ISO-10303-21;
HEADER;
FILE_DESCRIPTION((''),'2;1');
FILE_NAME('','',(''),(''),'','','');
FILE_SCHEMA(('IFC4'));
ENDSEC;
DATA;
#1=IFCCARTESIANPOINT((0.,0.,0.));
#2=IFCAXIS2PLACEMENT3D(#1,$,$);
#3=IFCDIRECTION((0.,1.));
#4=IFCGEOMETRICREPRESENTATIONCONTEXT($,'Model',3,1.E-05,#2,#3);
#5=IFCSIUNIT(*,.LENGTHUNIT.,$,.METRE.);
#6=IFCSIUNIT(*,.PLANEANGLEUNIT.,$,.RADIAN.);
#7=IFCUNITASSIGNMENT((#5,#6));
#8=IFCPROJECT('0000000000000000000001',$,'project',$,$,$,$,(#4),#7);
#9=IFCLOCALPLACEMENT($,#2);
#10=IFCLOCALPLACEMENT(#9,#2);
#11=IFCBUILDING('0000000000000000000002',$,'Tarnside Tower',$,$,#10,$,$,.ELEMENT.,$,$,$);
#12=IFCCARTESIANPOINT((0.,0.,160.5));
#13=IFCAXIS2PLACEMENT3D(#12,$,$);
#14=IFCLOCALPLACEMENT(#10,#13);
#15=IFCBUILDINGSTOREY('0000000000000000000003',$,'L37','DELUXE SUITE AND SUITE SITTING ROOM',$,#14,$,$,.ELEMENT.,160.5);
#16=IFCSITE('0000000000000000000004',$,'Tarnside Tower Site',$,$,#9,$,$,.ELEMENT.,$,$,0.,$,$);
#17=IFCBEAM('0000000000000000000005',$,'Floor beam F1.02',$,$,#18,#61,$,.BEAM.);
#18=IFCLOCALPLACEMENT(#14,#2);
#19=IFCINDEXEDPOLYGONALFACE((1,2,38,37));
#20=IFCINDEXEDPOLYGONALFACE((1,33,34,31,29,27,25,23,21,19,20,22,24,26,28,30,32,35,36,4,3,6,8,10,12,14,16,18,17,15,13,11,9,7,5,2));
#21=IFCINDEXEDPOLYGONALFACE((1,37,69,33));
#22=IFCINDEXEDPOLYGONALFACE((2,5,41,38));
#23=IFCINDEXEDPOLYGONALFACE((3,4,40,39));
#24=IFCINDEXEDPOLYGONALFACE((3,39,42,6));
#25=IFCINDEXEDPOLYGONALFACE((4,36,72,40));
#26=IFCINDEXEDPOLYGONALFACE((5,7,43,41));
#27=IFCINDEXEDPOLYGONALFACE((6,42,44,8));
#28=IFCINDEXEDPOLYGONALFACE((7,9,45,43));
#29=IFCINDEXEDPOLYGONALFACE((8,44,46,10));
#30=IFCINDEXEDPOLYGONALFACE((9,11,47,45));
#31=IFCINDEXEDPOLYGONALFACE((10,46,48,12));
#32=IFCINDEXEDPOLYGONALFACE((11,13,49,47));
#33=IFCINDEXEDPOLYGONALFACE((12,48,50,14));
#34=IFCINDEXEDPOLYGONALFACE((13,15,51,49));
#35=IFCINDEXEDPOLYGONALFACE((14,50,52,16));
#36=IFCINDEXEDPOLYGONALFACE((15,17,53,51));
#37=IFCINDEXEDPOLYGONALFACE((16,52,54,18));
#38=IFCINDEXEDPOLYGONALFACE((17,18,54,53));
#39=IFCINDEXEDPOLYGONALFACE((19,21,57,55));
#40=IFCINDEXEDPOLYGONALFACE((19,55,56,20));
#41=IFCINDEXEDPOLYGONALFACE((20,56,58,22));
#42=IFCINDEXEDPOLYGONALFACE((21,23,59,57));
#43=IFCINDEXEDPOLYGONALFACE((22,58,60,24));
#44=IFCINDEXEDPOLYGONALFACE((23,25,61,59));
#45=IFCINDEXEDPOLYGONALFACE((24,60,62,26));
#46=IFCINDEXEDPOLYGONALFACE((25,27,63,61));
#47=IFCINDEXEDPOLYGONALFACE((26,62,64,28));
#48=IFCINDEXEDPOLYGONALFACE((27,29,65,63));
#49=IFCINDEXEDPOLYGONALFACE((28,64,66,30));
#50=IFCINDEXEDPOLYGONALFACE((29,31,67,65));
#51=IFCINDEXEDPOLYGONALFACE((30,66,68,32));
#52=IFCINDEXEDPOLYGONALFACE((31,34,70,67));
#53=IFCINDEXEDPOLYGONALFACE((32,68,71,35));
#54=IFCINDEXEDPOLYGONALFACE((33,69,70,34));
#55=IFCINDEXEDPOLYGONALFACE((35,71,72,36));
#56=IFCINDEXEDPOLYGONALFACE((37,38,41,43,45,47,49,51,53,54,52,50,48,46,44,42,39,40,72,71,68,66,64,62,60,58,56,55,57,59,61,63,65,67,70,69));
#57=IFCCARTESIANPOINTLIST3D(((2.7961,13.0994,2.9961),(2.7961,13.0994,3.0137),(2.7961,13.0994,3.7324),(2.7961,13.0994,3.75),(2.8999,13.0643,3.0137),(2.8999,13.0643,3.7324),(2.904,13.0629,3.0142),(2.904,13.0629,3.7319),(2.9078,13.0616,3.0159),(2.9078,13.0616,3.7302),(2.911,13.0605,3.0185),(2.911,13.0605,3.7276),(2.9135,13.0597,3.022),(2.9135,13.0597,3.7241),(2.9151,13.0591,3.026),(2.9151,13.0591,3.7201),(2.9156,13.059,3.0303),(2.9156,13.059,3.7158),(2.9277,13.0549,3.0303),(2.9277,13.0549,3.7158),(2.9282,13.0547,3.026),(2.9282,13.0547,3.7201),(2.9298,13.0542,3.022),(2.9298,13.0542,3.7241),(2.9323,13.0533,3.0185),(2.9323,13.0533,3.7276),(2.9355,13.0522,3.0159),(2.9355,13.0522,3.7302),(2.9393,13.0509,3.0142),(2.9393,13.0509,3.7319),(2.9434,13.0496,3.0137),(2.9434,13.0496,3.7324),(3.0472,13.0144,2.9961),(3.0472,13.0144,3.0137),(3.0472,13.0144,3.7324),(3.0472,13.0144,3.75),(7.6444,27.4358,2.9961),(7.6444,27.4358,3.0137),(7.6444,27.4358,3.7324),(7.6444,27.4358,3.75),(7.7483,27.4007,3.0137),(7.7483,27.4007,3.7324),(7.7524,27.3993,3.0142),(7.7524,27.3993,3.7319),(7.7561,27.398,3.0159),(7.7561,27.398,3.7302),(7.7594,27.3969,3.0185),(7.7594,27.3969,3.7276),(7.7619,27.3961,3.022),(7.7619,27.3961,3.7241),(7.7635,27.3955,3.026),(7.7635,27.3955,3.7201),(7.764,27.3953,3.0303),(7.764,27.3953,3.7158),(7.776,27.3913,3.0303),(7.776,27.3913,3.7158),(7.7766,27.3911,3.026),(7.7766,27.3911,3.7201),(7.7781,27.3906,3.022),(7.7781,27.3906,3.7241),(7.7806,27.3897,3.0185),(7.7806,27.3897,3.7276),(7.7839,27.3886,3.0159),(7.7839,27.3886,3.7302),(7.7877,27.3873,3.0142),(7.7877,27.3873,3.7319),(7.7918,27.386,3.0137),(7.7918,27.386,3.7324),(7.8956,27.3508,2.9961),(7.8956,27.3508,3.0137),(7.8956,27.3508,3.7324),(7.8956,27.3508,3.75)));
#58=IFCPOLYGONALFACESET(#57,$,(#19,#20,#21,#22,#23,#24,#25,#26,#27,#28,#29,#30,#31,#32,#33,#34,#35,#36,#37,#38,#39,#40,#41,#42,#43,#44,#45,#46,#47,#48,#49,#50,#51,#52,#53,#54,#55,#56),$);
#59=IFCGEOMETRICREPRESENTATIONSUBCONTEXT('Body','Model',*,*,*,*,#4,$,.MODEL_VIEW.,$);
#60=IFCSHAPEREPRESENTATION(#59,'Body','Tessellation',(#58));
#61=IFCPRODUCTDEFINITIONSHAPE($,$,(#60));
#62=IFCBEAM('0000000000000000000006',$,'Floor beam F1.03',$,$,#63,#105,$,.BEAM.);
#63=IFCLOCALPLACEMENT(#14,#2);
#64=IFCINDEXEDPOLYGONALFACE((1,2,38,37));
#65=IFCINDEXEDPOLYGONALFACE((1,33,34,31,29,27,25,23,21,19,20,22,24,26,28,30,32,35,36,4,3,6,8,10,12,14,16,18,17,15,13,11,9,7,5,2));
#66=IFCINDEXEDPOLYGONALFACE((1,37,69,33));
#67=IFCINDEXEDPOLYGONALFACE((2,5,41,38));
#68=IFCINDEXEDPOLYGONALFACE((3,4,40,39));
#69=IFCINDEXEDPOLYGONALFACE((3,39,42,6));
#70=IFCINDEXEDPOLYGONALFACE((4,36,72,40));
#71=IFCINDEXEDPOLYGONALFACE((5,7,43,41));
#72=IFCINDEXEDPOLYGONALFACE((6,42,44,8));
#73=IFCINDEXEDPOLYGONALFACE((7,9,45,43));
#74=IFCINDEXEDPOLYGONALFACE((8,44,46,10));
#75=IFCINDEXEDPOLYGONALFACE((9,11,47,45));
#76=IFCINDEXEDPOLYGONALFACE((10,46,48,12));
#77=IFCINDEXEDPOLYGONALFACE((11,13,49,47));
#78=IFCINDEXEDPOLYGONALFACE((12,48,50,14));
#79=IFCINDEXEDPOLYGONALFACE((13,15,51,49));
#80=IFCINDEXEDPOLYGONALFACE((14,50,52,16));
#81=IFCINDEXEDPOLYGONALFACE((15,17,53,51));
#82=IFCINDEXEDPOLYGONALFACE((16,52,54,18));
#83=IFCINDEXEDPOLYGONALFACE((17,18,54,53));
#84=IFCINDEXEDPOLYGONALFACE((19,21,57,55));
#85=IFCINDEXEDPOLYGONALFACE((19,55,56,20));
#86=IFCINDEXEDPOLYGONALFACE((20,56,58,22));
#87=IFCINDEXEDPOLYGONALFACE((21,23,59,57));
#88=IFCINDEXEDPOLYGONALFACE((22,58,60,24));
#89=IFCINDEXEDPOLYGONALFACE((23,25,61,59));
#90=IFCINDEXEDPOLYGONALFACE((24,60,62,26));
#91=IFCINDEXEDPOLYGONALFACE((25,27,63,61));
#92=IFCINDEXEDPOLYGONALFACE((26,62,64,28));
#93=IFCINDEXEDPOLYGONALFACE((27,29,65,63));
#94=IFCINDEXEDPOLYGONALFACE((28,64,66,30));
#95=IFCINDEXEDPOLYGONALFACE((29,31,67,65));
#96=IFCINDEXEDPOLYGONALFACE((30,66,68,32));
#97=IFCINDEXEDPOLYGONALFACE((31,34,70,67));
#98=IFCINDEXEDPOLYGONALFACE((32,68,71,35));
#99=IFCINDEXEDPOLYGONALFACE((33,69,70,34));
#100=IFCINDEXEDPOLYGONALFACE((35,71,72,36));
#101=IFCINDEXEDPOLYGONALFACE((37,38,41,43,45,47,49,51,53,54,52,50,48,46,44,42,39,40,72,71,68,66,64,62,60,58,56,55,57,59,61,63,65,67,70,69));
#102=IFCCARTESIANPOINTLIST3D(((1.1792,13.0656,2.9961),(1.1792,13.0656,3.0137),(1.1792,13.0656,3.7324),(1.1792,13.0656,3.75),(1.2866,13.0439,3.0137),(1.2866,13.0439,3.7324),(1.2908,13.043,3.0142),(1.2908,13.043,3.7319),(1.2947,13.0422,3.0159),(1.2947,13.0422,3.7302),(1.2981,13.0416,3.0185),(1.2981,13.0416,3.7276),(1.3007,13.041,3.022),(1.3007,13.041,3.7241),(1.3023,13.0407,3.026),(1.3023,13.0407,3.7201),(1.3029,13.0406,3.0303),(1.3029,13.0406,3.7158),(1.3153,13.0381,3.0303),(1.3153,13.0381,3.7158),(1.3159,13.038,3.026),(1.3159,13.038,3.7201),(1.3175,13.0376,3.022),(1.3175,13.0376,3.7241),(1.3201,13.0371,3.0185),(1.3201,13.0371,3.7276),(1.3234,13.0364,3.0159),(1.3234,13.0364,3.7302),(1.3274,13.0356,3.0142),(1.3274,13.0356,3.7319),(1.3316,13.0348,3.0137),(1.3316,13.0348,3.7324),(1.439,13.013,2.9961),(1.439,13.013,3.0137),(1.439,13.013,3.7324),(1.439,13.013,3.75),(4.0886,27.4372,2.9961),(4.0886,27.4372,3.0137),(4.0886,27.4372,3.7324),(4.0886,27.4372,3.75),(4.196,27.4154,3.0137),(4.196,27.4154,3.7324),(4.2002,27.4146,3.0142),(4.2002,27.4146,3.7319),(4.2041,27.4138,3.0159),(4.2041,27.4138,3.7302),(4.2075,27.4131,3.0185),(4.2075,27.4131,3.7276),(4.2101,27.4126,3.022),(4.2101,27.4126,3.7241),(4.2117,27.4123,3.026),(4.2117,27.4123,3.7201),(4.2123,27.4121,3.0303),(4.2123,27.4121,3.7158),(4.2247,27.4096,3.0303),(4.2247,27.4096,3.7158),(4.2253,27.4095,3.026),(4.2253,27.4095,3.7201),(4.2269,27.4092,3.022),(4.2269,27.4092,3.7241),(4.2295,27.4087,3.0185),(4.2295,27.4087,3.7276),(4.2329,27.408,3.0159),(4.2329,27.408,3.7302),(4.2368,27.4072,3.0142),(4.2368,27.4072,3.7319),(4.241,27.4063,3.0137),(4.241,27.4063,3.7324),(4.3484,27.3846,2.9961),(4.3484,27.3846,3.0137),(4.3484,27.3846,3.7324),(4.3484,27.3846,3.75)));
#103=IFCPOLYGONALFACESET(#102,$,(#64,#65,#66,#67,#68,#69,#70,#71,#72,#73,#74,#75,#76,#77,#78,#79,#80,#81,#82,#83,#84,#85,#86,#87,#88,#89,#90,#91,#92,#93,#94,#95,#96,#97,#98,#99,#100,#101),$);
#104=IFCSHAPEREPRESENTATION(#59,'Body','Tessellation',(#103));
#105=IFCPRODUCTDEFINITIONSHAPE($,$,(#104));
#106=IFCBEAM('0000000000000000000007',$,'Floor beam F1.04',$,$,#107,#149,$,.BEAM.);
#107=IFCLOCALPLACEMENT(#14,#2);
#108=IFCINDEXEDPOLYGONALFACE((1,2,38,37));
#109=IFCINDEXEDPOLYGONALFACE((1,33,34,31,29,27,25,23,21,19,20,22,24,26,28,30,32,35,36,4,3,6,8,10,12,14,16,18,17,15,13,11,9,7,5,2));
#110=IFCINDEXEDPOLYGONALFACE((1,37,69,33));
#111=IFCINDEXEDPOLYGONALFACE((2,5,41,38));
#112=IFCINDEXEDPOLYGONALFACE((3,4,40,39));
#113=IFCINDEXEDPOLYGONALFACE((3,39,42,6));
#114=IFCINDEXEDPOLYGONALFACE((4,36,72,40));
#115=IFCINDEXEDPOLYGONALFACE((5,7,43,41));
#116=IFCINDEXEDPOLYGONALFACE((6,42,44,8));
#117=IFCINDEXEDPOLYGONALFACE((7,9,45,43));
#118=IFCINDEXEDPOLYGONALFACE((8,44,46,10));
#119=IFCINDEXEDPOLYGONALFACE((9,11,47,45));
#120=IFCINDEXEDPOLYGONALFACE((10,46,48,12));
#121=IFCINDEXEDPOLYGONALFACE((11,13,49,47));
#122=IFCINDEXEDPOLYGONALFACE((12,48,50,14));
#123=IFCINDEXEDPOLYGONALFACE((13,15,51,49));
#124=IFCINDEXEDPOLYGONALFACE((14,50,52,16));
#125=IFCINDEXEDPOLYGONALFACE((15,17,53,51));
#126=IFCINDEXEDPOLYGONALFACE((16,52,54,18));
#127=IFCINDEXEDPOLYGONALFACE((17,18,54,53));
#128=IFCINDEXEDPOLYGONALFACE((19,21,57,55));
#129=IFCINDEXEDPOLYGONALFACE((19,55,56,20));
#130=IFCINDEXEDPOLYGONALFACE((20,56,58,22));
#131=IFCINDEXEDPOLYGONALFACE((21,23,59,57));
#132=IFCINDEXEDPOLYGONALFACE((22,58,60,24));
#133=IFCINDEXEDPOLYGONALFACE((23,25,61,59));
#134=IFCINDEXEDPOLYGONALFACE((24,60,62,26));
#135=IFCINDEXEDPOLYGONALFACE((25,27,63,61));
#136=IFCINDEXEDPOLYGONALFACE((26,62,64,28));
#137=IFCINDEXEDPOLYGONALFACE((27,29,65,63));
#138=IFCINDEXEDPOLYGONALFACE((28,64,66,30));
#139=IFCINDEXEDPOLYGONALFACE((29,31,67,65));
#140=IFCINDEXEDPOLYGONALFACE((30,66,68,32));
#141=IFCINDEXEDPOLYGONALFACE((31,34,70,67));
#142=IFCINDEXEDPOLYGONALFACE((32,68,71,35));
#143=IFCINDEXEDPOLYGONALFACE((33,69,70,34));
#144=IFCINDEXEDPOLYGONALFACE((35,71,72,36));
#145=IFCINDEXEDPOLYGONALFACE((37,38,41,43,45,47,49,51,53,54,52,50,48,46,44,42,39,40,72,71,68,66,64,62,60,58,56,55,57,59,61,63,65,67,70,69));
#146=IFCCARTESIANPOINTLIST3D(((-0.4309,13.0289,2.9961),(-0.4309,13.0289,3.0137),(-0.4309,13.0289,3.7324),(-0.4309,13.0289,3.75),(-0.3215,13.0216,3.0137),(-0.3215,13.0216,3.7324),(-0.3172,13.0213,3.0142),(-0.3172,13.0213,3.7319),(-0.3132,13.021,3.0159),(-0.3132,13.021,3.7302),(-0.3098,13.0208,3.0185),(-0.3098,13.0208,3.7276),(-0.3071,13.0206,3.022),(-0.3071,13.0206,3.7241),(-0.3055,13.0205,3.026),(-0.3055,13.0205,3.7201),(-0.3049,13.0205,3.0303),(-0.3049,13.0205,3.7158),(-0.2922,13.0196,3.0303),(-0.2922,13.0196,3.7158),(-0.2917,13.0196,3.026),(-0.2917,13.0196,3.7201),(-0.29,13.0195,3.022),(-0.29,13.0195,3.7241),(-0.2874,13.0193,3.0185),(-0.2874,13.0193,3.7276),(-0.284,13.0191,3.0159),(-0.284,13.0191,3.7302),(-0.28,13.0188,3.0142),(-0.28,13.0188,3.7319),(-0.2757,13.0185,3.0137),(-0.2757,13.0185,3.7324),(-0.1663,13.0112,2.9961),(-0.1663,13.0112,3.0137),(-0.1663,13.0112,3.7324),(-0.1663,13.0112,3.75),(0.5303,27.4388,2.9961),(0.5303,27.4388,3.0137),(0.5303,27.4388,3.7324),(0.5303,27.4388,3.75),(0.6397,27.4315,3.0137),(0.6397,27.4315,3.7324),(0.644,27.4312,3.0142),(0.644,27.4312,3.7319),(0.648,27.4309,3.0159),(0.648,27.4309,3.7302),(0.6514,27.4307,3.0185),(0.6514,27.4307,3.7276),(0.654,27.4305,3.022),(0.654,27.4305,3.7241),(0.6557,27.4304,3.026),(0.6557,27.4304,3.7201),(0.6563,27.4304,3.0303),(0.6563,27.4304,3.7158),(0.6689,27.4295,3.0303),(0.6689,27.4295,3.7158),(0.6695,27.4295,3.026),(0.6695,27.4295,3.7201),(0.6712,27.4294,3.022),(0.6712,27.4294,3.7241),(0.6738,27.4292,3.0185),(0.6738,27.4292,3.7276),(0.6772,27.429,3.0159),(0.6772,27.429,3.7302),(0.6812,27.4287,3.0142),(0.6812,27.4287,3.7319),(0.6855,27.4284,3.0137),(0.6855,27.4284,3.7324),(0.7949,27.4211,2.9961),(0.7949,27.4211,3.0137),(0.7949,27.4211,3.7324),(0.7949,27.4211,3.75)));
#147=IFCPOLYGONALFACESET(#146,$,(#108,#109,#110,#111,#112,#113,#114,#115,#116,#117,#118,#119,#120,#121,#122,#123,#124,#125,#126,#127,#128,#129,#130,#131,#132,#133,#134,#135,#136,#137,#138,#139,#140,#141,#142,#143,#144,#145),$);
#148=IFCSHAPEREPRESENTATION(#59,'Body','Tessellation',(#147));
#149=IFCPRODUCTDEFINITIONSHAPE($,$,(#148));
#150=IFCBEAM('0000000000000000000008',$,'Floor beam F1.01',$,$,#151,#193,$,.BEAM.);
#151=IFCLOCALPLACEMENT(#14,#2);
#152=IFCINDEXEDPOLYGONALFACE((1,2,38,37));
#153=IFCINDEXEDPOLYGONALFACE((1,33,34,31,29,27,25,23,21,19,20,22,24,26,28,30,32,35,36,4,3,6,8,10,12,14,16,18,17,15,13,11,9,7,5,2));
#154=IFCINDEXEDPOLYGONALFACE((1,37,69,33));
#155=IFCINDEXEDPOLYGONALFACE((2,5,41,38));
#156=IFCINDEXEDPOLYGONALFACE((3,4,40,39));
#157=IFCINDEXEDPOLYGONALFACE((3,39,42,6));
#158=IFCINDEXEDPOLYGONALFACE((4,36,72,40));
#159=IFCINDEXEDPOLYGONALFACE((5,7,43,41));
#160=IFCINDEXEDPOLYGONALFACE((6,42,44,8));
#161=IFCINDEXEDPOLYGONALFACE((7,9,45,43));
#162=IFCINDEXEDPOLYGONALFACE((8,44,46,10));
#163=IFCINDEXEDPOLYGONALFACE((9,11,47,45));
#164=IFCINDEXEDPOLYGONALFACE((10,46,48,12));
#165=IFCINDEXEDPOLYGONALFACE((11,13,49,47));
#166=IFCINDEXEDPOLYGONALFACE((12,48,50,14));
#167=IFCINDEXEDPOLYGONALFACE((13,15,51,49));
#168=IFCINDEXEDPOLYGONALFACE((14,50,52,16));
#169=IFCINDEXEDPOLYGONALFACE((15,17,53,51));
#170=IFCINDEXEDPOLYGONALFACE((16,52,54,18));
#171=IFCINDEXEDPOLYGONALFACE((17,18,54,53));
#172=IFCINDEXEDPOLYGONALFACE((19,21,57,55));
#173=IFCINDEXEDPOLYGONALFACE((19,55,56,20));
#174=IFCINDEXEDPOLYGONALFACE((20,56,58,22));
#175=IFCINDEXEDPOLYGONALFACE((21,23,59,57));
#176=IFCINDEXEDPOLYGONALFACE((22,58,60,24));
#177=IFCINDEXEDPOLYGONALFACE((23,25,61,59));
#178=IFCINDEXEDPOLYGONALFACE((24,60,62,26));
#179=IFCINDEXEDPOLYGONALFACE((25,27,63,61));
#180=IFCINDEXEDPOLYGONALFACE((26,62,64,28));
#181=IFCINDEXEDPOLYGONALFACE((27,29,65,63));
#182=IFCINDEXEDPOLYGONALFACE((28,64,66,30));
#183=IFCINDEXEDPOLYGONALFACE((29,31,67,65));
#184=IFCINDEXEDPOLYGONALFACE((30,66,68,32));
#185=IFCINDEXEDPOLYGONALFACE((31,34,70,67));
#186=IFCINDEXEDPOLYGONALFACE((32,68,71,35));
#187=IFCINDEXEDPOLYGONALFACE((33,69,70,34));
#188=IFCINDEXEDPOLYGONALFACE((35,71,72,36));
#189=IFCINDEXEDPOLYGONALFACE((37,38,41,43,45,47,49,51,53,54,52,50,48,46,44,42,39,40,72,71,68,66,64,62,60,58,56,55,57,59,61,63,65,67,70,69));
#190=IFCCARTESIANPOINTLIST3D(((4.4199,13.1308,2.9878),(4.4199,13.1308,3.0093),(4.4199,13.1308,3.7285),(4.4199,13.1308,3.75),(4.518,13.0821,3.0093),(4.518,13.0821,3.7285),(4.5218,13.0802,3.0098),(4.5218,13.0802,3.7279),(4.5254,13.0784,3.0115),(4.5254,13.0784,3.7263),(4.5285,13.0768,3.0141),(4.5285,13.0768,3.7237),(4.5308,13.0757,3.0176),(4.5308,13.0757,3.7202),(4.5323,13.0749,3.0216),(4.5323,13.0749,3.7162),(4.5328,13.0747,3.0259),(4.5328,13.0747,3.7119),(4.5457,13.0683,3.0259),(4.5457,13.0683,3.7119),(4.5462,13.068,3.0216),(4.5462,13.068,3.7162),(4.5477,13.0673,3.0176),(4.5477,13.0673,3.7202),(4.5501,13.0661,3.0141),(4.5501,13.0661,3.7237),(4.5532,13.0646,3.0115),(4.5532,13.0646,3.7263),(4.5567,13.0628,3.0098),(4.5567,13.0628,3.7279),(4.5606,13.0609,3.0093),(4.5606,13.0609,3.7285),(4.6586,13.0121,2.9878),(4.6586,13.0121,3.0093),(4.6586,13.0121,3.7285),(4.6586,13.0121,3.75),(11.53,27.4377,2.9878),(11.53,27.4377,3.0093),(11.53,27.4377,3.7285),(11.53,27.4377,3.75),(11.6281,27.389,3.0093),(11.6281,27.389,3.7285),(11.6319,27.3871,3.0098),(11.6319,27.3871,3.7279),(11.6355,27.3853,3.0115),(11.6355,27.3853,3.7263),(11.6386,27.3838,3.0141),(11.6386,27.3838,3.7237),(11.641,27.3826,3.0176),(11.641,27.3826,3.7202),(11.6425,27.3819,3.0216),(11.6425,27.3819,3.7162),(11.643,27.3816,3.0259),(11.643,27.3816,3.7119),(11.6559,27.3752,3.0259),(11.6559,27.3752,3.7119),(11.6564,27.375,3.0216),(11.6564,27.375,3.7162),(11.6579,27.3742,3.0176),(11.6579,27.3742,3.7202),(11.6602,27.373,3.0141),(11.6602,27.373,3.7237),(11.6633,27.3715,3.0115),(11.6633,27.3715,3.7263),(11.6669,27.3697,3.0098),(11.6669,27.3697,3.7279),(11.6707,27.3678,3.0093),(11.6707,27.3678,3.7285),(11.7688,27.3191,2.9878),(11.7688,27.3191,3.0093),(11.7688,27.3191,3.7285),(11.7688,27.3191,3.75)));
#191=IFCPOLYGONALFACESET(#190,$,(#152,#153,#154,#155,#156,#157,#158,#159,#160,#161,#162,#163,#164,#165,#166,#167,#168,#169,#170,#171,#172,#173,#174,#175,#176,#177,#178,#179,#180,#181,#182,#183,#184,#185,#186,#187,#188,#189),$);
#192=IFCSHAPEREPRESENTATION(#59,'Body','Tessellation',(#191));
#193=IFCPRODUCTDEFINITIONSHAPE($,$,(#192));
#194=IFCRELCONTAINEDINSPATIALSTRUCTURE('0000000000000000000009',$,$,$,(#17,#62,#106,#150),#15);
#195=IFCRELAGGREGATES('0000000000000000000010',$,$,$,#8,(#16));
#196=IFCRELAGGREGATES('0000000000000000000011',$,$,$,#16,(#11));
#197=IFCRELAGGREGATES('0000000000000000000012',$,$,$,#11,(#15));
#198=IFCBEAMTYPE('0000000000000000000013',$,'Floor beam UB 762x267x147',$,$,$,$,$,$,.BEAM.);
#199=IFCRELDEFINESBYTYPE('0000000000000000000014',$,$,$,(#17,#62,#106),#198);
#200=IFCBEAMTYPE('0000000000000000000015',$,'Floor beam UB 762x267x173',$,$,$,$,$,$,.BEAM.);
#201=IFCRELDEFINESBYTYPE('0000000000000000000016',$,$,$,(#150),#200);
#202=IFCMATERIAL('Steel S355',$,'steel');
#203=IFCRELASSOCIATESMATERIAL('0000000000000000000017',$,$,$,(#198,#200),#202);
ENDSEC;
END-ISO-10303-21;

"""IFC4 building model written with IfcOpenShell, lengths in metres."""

from ifc_helpers import new_model, si_unit, direction, frame, origin, origin_2d, place, context, subcontext, project, spatial, i_section, extrude, material, material_profile, profile_set, type_object, element, save


model = new_model("IFC4")

# Units and contexts
model_context = context("Model", 3, precision=1e-05, world=origin(), true_north=direction((0.0, 1.0)))
body_context = subcontext(model_context, "Body", "Model", "MODEL_VIEW")
ifc_project = project(units=[si_unit("LENGTHUNIT", "METRE"), si_unit("PLANEANGLEUNIT", "RADIAN")], contexts=[model_context])

# Site, building, storey
site_placement = place(None, origin())
site = spatial("IfcSite", under=ifc_project, at=site_placement, Name="Tarnside Tower Site", CompositionType="ELEMENT", RefElevation=0.0)
building_placement = place(site_placement, origin())
building = spatial("IfcBuilding", under=site, at=building_placement, Name="Tarnside Tower", CompositionType="ELEMENT")
storey_placement = place(building_placement, frame((0.0, 0.0, 160.5)))
storey = spatial("IfcBuildingStorey", under=building, at=storey_placement, Name="L37", Description="DELUXE SUITE AND SUITE SITTING ROOM", CompositionType="ELEMENT", Elevation=160.5)

# Beams
ifc_material_1 = material(Name="Steel S355", Category="steel")
ifc_material_profile_1 = material_profile(ifc_material_1, i_section(OverallWidth=0.2651, OverallDepth=0.7539, WebThickness=0.0127, FlangeThickness=0.0176, FilletRadius=0.0166, at=origin_2d()), Name="UB 762x267x147")
ifc_profile_set_1 = profile_set([ifc_material_profile_1], Name="Steel S355")
beam_type_1 = type_object("IfcBeamType", Name="Floor beam UB 762x267x147", PredefinedType="BEAM", material=ifc_profile_set_1)
beam_1_placement = place(storey_placement, frame((7.77, 27.3933, 3.373), z_axis=(-0.320363, -0.947295, 0.0), x_axis=(0.947295, -0.320363, 0.0)))
element("IfcBeam", 1, at=beam_1_placement, inside=storey, type_object=beam_type_1, Name="Floor beam F1.02", PredefinedType="BEAM", context=body_context, shape_type="SweptSolid", body=[
    extrude(i_section(OverallWidth=0.2651, OverallDepth=0.7539, WebThickness=0.0127, FlangeThickness=0.0176, FilletRadius=0.0166, at=origin_2d()), origin(), (0.0, 0.0, 1.0), 15.134),
])
beam_2_placement = place(storey_placement, frame((4.2185, 27.4109, 3.373), z_axis=(-0.198418, -0.980118, 0.0), x_axis=(0.980118, -0.198418, 0.0)))
element("IfcBeam", 2, at=beam_2_placement, inside=storey, type_object=beam_type_1, Name="Floor beam F1.03", PredefinedType="BEAM", context=body_context, shape_type="SweptSolid", body=[
    extrude(i_section(OverallWidth=0.2651, OverallDepth=0.7539, WebThickness=0.0127, FlangeThickness=0.0176, FilletRadius=0.0166, at=origin_2d()), origin(), (0.0, 0.0, 1.0), 14.6631),
])
beam_3_placement = place(storey_placement, frame((0.6626, 27.4299, 3.373), z_axis=(-0.066555, -0.997783, 0.0), x_axis=(0.997783, -0.066555, 0.0)))
element("IfcBeam", 3, at=beam_3_placement, inside=storey, type_object=beam_type_1, Name="Floor beam F1.04", PredefinedType="BEAM", context=body_context, shape_type="SweptSolid", body=[
    extrude(i_section(OverallWidth=0.2651, OverallDepth=0.7539, WebThickness=0.0127, FlangeThickness=0.0176, FilletRadius=0.0166, at=origin_2d()), origin(), (0.0, 0.0, 1.0), 14.4419),
])
ifc_material_profile_2 = material_profile(ifc_material_1, i_section(OverallWidth=0.2666, OverallDepth=0.7622, WebThickness=0.0144, FlangeThickness=0.0215, FilletRadius=0.0166, at=origin_2d()), Name="UB 762x267x173")
ifc_profile_set_2 = profile_set([ifc_material_profile_2], Name="Steel S355")
beam_type_2 = type_object("IfcBeamType", Name="Floor beam UB 762x267x173", PredefinedType="BEAM", material=ifc_profile_set_2)
beam_4_placement = place(storey_placement, frame((11.6494, 27.3784, 3.3689), z_axis=(-0.445042, -0.89551, 0.0), x_axis=(0.89551, -0.445042, 0.0)))
element("IfcBeam", 4, at=beam_4_placement, inside=storey, type_object=beam_type_2, Name="Floor beam F1.01", PredefinedType="BEAM", context=body_context, shape_type="SweptSolid", body=[
    extrude(i_section(OverallWidth=0.2666, OverallDepth=0.7622, WebThickness=0.0144, FlangeThickness=0.0215, FilletRadius=0.0166, at=origin_2d()), origin(), (0.0, 0.0, 1.0), 15.9763),
])

save(model, "model.ifc")
